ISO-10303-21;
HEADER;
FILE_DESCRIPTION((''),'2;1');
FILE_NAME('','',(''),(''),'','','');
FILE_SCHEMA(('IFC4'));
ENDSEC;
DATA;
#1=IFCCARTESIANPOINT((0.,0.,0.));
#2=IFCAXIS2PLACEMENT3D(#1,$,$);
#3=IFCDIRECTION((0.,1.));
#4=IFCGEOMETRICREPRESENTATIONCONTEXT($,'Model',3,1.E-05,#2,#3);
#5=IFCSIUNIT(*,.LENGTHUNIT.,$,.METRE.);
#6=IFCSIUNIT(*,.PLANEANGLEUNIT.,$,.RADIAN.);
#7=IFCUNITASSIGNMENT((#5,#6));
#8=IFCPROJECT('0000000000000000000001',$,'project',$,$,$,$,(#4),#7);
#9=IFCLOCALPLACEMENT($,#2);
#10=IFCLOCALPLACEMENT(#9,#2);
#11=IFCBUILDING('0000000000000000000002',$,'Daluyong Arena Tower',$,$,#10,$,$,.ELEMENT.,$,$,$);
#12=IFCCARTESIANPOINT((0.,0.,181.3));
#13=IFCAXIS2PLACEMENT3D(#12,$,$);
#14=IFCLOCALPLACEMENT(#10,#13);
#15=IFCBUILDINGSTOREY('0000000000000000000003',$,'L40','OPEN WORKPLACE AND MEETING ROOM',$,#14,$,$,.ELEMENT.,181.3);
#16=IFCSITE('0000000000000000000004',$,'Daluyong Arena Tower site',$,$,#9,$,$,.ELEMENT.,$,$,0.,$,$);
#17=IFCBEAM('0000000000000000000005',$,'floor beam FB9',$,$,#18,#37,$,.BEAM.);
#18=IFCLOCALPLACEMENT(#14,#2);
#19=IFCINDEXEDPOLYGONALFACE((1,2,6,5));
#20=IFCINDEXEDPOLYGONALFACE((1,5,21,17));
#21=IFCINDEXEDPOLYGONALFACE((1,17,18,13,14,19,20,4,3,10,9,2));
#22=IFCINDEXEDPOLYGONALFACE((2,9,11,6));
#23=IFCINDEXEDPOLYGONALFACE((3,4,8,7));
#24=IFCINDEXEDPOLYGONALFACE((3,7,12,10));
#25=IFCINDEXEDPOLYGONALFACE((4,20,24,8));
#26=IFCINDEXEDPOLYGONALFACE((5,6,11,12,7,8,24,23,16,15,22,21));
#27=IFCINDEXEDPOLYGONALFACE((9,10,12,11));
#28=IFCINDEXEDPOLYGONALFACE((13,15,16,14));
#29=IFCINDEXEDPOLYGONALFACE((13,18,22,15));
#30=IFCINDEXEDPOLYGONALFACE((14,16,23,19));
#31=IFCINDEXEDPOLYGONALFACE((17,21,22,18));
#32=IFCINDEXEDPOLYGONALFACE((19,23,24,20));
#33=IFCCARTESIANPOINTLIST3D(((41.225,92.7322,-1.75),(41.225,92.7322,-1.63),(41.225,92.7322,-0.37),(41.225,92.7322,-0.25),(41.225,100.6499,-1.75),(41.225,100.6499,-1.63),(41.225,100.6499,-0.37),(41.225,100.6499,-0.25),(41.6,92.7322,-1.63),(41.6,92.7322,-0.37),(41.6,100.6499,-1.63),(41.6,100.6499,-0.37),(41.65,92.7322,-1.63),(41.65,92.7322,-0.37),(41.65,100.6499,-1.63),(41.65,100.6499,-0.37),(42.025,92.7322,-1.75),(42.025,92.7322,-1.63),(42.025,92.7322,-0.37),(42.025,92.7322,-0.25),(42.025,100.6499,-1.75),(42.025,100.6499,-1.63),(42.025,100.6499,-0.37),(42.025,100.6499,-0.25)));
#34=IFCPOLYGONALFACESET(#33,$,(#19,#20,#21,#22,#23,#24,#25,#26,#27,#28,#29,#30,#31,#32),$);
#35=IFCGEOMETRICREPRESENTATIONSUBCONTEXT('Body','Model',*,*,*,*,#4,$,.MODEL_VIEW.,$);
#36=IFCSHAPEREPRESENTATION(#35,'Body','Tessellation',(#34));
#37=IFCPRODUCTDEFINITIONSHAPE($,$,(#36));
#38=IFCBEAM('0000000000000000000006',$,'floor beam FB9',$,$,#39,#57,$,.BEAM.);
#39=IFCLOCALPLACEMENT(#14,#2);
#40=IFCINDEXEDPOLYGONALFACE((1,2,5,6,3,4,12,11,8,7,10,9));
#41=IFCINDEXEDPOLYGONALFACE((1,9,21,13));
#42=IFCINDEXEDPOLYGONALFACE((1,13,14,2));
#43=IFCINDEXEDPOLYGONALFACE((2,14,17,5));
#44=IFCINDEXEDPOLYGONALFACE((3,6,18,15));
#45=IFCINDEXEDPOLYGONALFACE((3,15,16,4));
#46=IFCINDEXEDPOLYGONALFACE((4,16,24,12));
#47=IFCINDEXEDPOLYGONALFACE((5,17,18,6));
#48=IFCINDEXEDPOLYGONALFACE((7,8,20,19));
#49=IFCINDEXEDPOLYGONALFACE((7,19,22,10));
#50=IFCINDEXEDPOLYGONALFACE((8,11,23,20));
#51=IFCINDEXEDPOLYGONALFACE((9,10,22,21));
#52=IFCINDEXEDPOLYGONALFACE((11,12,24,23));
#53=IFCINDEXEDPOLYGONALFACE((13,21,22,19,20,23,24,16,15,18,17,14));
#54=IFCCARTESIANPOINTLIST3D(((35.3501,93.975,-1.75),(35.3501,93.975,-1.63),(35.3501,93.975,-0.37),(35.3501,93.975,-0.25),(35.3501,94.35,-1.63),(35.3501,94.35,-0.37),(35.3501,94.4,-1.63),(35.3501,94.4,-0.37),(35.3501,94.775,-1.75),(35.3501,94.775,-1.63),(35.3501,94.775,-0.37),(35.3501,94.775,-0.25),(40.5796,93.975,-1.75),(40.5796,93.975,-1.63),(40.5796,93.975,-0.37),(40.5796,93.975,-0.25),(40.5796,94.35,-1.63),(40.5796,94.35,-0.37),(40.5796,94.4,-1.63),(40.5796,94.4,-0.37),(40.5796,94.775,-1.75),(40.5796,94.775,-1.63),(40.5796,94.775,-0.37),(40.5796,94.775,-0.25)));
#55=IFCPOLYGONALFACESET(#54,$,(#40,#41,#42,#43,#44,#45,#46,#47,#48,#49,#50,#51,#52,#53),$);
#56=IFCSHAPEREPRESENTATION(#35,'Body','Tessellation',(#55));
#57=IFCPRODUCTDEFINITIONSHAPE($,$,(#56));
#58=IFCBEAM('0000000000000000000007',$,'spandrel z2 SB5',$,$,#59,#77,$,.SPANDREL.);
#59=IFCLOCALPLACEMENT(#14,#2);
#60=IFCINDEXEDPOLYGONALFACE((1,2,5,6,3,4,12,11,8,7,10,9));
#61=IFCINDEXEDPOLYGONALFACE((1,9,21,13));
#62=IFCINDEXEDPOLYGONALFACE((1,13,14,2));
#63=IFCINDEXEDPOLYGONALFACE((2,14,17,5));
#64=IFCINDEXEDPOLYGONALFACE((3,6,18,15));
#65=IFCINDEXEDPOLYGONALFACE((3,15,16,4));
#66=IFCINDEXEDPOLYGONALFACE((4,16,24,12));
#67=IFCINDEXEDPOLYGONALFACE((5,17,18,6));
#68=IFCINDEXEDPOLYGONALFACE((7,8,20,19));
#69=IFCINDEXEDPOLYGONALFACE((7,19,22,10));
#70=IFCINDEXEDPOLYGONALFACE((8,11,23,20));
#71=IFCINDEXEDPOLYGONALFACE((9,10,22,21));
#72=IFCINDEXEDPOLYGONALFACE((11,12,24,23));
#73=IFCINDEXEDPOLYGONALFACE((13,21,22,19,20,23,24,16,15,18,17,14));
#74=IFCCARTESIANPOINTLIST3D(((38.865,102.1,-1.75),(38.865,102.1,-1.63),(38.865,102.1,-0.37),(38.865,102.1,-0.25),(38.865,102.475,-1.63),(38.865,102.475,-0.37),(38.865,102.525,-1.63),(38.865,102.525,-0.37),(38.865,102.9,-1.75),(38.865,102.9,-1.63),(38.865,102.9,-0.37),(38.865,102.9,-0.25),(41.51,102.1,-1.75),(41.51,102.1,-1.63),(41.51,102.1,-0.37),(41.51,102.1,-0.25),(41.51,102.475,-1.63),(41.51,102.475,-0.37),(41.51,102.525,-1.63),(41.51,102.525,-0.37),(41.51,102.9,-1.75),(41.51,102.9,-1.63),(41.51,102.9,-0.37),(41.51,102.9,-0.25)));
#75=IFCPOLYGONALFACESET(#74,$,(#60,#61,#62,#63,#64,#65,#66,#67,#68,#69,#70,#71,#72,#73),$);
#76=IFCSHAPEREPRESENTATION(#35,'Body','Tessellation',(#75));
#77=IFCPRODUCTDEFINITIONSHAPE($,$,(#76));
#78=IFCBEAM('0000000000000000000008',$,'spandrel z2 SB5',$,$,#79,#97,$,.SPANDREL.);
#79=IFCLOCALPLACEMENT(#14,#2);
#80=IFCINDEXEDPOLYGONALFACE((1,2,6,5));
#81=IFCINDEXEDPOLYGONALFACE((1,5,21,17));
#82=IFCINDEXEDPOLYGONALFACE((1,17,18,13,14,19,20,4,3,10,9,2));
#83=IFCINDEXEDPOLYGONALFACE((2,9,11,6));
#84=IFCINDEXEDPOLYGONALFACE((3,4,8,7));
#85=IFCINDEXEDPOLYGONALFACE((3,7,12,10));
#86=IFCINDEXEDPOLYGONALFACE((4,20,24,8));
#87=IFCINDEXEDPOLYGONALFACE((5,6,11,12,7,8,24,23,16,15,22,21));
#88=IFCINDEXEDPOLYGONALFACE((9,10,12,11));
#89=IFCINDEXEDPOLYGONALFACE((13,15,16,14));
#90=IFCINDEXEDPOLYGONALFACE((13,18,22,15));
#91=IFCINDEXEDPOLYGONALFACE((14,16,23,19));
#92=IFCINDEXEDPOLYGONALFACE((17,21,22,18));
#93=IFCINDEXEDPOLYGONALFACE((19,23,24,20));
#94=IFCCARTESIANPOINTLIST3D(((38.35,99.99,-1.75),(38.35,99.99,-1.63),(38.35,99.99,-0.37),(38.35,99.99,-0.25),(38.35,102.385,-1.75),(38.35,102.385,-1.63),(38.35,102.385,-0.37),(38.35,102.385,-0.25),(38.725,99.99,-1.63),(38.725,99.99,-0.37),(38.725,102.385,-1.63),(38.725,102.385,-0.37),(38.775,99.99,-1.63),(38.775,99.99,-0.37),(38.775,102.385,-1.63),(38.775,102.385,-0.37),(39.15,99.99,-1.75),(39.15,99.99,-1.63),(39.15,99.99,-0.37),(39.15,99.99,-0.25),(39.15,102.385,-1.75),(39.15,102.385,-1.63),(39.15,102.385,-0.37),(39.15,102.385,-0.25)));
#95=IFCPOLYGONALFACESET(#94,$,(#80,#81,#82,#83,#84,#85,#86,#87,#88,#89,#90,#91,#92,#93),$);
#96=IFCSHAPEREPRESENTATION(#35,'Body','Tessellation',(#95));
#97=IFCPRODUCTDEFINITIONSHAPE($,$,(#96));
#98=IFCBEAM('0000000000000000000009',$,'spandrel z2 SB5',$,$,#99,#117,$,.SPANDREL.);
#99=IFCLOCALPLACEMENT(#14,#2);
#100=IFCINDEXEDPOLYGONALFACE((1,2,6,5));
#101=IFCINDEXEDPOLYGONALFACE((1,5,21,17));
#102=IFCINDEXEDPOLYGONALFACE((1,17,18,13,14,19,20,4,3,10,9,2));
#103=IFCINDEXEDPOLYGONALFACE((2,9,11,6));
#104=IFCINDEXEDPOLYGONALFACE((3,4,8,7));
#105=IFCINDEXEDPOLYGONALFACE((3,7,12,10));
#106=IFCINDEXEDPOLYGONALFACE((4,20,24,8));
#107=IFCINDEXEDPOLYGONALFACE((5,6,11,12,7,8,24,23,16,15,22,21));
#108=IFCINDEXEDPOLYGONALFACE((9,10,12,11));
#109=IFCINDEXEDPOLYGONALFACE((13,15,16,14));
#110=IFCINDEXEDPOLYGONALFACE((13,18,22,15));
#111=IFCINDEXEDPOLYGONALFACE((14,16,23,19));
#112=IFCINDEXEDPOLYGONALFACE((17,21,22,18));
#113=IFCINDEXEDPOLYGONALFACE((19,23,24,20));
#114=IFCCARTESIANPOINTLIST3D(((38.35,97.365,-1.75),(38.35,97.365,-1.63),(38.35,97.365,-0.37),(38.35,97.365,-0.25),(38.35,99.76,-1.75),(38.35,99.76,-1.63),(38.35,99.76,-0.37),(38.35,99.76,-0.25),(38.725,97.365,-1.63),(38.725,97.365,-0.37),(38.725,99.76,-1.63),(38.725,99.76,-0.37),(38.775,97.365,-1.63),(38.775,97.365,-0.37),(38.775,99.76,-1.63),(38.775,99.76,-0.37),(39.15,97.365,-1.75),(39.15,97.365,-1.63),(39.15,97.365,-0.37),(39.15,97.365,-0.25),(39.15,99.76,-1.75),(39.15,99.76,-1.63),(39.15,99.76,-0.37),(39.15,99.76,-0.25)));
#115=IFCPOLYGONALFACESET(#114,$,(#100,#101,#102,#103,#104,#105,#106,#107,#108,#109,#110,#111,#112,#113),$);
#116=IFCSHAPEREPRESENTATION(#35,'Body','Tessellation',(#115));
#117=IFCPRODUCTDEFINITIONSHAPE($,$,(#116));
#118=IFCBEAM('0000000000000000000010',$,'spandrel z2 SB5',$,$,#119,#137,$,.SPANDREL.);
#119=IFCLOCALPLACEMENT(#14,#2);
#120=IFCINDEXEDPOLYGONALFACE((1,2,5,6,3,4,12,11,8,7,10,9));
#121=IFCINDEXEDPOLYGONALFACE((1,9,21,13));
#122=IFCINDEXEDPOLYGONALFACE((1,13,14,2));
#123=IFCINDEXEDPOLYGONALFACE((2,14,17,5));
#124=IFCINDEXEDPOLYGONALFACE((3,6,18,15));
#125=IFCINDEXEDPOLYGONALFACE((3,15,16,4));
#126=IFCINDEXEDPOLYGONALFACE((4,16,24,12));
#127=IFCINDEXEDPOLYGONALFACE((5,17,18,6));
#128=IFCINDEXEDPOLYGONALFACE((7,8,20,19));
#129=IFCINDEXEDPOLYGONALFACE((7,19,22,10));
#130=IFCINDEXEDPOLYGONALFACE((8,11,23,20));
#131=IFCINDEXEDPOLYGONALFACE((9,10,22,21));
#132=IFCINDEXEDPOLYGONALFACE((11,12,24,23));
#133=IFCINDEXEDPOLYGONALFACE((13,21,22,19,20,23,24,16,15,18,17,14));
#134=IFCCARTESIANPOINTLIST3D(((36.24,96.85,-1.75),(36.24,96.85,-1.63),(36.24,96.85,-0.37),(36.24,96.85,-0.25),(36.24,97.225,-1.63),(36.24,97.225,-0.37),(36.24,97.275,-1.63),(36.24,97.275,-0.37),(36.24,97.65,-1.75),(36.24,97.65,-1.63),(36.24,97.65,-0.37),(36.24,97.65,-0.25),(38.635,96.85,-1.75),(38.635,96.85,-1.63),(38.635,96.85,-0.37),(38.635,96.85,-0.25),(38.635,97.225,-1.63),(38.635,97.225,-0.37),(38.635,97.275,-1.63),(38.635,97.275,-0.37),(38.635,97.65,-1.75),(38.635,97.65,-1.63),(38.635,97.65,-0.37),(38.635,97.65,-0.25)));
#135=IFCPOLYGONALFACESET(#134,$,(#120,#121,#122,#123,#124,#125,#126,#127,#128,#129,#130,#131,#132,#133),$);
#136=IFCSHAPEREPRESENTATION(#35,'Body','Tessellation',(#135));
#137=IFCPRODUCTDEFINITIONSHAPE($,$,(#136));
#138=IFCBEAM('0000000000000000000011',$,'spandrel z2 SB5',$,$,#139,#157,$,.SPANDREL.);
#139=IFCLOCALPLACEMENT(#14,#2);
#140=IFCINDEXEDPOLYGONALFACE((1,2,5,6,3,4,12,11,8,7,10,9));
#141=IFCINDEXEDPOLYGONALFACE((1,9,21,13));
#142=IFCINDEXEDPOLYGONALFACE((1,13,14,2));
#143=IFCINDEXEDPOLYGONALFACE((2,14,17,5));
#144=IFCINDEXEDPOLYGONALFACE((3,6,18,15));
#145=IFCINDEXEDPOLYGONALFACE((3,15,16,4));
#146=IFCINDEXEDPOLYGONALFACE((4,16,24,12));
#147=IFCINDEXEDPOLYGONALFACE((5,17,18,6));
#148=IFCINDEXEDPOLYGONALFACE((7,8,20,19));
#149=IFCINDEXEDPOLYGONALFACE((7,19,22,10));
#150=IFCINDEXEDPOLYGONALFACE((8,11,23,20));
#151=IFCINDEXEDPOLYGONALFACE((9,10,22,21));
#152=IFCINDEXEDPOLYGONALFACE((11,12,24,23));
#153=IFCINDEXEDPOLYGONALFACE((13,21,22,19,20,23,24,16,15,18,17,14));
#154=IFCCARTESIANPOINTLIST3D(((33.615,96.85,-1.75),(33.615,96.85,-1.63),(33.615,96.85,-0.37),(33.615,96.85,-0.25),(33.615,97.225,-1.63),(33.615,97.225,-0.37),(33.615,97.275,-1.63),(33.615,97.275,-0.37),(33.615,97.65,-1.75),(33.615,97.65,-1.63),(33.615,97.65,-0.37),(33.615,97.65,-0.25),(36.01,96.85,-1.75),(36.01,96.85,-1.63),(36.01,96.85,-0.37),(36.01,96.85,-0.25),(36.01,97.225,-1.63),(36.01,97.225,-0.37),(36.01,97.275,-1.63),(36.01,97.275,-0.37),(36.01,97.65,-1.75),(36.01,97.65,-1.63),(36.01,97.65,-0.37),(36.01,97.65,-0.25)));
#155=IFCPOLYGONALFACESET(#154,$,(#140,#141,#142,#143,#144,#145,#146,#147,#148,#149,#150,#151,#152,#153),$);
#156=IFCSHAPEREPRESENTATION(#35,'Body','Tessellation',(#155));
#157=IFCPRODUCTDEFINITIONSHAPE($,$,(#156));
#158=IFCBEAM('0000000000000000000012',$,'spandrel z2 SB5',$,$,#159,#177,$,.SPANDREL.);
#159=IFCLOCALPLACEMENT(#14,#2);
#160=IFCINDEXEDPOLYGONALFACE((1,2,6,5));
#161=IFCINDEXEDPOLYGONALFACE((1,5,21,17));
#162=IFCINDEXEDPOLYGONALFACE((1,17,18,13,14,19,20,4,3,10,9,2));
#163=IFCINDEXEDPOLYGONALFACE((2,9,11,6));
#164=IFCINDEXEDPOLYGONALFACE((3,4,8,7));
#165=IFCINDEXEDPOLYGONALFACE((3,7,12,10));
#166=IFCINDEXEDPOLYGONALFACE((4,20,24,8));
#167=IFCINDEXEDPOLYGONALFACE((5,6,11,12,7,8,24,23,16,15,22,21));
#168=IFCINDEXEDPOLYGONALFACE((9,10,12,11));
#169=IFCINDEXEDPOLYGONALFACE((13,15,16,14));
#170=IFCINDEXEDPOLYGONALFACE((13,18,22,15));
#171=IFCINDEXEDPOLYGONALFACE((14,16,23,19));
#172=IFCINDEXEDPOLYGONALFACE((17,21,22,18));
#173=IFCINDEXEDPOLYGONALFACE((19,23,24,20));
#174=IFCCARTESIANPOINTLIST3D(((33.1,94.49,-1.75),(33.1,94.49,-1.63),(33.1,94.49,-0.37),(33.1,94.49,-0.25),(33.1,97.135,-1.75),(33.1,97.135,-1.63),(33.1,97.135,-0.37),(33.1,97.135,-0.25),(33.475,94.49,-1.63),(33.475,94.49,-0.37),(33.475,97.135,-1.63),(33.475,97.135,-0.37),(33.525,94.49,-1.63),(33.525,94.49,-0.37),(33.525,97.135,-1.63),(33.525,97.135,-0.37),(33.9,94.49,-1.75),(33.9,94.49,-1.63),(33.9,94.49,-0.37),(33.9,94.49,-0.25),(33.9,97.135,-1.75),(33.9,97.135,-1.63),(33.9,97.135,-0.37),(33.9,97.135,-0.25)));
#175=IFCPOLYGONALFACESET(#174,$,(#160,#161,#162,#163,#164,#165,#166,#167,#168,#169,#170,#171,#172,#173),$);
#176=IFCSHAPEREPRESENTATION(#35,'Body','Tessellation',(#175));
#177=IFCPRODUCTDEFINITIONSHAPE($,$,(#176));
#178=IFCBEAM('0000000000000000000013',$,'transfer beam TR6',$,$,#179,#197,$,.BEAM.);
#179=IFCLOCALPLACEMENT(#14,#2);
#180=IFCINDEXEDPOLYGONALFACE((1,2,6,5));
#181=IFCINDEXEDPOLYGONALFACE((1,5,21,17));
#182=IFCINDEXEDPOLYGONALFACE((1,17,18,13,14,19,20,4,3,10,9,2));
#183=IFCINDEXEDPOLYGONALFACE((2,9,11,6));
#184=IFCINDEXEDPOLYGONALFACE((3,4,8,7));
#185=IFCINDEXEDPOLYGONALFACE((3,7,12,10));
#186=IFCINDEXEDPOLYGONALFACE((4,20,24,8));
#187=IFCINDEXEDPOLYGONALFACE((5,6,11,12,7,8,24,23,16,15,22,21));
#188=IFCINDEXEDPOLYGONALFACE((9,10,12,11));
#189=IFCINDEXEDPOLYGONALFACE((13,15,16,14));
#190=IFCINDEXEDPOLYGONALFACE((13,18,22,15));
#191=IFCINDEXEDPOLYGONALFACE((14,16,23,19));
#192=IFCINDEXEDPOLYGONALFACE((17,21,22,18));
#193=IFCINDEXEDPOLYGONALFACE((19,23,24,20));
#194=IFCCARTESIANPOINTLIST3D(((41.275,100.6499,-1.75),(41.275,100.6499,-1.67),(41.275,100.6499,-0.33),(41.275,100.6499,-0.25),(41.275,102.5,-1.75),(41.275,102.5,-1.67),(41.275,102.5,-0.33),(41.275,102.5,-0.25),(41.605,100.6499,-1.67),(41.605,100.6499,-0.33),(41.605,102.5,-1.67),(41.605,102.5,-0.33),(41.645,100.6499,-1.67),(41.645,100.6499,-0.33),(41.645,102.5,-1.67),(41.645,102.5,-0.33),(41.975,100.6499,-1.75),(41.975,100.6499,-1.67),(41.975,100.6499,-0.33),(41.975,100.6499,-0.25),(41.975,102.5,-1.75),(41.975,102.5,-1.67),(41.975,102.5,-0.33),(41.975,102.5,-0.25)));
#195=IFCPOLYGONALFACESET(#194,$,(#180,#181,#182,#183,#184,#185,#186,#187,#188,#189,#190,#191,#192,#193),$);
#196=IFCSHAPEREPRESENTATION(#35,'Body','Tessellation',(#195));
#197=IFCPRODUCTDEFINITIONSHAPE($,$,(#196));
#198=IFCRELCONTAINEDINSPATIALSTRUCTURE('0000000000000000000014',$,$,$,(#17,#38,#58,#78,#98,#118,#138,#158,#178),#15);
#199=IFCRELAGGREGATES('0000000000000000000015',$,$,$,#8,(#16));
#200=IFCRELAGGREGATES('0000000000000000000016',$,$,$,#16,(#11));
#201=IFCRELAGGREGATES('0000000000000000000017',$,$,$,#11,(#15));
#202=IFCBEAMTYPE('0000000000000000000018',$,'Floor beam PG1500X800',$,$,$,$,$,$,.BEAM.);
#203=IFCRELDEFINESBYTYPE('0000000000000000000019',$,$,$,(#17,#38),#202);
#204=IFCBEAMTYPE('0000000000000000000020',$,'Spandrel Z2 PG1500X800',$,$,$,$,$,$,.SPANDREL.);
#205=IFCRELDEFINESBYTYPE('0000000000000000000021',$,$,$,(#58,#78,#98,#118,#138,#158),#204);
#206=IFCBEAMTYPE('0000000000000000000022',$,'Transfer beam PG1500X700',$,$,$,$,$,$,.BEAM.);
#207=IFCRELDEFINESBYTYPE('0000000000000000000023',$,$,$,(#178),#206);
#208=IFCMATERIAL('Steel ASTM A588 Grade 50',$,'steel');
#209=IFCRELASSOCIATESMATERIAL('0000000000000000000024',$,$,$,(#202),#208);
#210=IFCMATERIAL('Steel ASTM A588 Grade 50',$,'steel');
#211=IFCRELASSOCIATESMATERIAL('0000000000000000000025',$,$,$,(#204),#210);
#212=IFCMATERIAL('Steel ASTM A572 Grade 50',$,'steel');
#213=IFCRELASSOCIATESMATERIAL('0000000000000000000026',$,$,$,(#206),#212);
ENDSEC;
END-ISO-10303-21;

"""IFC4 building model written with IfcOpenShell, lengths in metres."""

from ifc_helpers import new_model, si_unit, direction, frame, origin, origin_2d, place, context, subcontext, project, spatial, i_section, extrude, material, material_profile, profile_set, type_object, element, save


model = new_model("IFC4")

# Units and contexts
model_context = context("Model", 3, precision=1e-05, world=origin(), true_north=direction((0.0, 1.0)))
body_context = subcontext(model_context, "Body", "Model", "MODEL_VIEW")
ifc_project = project(units=[si_unit("LENGTHUNIT", "METRE"), si_unit("PLANEANGLEUNIT", "RADIAN")], contexts=[model_context])

# Site, building, storey
site_placement = place(None, origin())
site = spatial("IfcSite", under=ifc_project, at=site_placement, Name="Daluyong Arena Tower site", CompositionType="ELEMENT", RefElevation=0.0)
building_placement = place(site_placement, origin())
building = spatial("IfcBuilding", under=site, at=building_placement, Name="Daluyong Arena Tower", CompositionType="ELEMENT")
storey_placement = place(building_placement, frame((0.0, 0.0, 181.3)))
storey = spatial("IfcBuildingStorey", under=building, at=storey_placement, Name="L40", Description="OPEN WORKPLACE AND MEETING ROOM", CompositionType="ELEMENT", Elevation=181.3)

# Beams
ifc_material_1 = material(Name="Steel ASTM A588 Grade 50", Category="steel")
ifc_material_profile_1 = material_profile(ifc_material_1, i_section(OverallWidth=0.8, OverallDepth=1.5, WebThickness=0.05, FlangeThickness=0.12, at=origin_2d()))
ifc_profile_set_1 = profile_set([ifc_material_profile_1], Name="Steel ASTM A588 Grade 50")
beam_type_1 = type_object("IfcBeamType", Name="Floor beam PG1500X800", PredefinedType="BEAM", material=ifc_profile_set_1)
beam_1_placement = place(storey_placement, frame((41.625, 100.6499, -1.0), z_axis=(0.0, -1.0, 0.0), x_axis=(1.0, 0.0, 0.0)))
element("IfcBeam", 1, at=beam_1_placement, inside=storey, type_object=beam_type_1, Name="floor beam FB9", PredefinedType="BEAM", context=body_context, shape_type="SweptSolid", body=[
    extrude(i_section(OverallWidth=0.8, OverallDepth=1.5, WebThickness=0.05, FlangeThickness=0.12, at=origin_2d()), origin(), (0.0, 0.0, 1.0), 7.9177),
])
beam_2_placement = place(storey_placement, frame((35.3501, 94.375, -1.0), z_axis=(1.0, 0.0, 0.0), x_axis=(0.0, 1.0, 0.0)))
element("IfcBeam", 2, at=beam_2_placement, inside=storey, type_object=beam_type_1, Name="floor beam FB9", PredefinedType="BEAM", context=body_context, shape_type="SweptSolid", body=[
    extrude(i_section(OverallWidth=0.8, OverallDepth=1.5, WebThickness=0.05, FlangeThickness=0.12, at=origin_2d()), origin(), (0.0, 0.0, 1.0), 5.2295),
])
ifc_material_2 = material(Name="Steel ASTM A588 Grade 50", Category="steel")
ifc_material_profile_2 = material_profile(ifc_material_2, i_section(OverallWidth=0.8, OverallDepth=1.5, WebThickness=0.05, FlangeThickness=0.12, at=origin_2d()))
ifc_profile_set_2 = profile_set([ifc_material_profile_2], Name="Steel ASTM A588 Grade 50")
beam_type_2 = type_object("IfcBeamType", Name="Spandrel Z2 PG1500X800", PredefinedType="SPANDREL", material=ifc_profile_set_2)
beam_3_placement = place(storey_placement, frame((41.51, 102.5, -1.0), z_axis=(-1.0, 0.0, 0.0), x_axis=(0.0, -1.0, 0.0)))
element("IfcBeam", 3, at=beam_3_placement, inside=storey, type_object=beam_type_2, Name="spandrel z2 SB5", PredefinedType="SPANDREL", context=body_context, shape_type="SweptSolid", body=[
    extrude(i_section(OverallWidth=0.8, OverallDepth=1.5, WebThickness=0.05, FlangeThickness=0.12, at=origin_2d()), origin(), (0.0, 0.0, 1.0), 2.645),
])
for number, where, z_axis, x_axis, name in (
    (4, (38.75, 102.385, -1.0), (0.0, -1.0, 0.0), (1.0, 0.0, 0.0), "spandrel z2 SB5"),
    (5, (38.75, 99.76, -1.0), (0.0, -1.0, 0.0), (1.0, 0.0, 0.0), "spandrel z2 SB5"),
    (6, (38.635, 97.25, -1.0), (-1.0, 0.0, 0.0), (0.0, -1.0, 0.0), "spandrel z2 SB5"),
    (7, (36.01, 97.25, -1.0), (-1.0, 0.0, 0.0), (0.0, -1.0, 0.0), "spandrel z2 SB5"),
):
    element("IfcBeam", number, at=place(storey_placement, frame(where, z_axis=z_axis, x_axis=x_axis)), inside=storey, type_object=beam_type_2, Name=name, PredefinedType="SPANDREL", context=body_context, shape_type="SweptSolid", body=[
        extrude(i_section(OverallWidth=0.8, OverallDepth=1.5, WebThickness=0.05, FlangeThickness=0.12, at=origin_2d()), origin(), (0.0, 0.0, 1.0), 2.395),
    ])
beam_4_placement = place(storey_placement, frame((33.5, 97.135, -1.0), z_axis=(0.0, -1.0, 0.0), x_axis=(1.0, 0.0, 0.0)))
element("IfcBeam", 8, at=beam_4_placement, inside=storey, type_object=beam_type_2, Name="spandrel z2 SB5", PredefinedType="SPANDREL", context=body_context, shape_type="SweptSolid", body=[
    extrude(i_section(OverallWidth=0.8, OverallDepth=1.5, WebThickness=0.05, FlangeThickness=0.12, at=origin_2d()), origin(), (0.0, 0.0, 1.0), 2.645),
])
ifc_material_3 = material(Name="Steel ASTM A572 Grade 50", Category="steel")
ifc_material_profile_3 = material_profile(ifc_material_3, i_section(OverallWidth=0.7, OverallDepth=1.5, WebThickness=0.04, FlangeThickness=0.08, at=origin_2d()))
ifc_profile_set_3 = profile_set([ifc_material_profile_3], Name="Steel ASTM A572 Grade 50")
beam_type_3 = type_object("IfcBeamType", Name="Transfer beam PG1500X700", PredefinedType="BEAM", material=ifc_profile_set_3)
beam_5_placement = place(storey_placement, frame((41.625, 102.5, -1.0), z_axis=(0.0, -1.0, 0.0), x_axis=(1.0, 0.0, 0.0)))
element("IfcBeam", 9, at=beam_5_placement, inside=storey, type_object=beam_type_3, Name="transfer beam TR6", PredefinedType="BEAM", context=body_context, shape_type="SweptSolid", body=[
    extrude(i_section(OverallWidth=0.7, OverallDepth=1.5, WebThickness=0.04, FlangeThickness=0.08, at=origin_2d()), origin(), (0.0, 0.0, 1.0), 1.8501),
])

save(model, "model.ifc")
